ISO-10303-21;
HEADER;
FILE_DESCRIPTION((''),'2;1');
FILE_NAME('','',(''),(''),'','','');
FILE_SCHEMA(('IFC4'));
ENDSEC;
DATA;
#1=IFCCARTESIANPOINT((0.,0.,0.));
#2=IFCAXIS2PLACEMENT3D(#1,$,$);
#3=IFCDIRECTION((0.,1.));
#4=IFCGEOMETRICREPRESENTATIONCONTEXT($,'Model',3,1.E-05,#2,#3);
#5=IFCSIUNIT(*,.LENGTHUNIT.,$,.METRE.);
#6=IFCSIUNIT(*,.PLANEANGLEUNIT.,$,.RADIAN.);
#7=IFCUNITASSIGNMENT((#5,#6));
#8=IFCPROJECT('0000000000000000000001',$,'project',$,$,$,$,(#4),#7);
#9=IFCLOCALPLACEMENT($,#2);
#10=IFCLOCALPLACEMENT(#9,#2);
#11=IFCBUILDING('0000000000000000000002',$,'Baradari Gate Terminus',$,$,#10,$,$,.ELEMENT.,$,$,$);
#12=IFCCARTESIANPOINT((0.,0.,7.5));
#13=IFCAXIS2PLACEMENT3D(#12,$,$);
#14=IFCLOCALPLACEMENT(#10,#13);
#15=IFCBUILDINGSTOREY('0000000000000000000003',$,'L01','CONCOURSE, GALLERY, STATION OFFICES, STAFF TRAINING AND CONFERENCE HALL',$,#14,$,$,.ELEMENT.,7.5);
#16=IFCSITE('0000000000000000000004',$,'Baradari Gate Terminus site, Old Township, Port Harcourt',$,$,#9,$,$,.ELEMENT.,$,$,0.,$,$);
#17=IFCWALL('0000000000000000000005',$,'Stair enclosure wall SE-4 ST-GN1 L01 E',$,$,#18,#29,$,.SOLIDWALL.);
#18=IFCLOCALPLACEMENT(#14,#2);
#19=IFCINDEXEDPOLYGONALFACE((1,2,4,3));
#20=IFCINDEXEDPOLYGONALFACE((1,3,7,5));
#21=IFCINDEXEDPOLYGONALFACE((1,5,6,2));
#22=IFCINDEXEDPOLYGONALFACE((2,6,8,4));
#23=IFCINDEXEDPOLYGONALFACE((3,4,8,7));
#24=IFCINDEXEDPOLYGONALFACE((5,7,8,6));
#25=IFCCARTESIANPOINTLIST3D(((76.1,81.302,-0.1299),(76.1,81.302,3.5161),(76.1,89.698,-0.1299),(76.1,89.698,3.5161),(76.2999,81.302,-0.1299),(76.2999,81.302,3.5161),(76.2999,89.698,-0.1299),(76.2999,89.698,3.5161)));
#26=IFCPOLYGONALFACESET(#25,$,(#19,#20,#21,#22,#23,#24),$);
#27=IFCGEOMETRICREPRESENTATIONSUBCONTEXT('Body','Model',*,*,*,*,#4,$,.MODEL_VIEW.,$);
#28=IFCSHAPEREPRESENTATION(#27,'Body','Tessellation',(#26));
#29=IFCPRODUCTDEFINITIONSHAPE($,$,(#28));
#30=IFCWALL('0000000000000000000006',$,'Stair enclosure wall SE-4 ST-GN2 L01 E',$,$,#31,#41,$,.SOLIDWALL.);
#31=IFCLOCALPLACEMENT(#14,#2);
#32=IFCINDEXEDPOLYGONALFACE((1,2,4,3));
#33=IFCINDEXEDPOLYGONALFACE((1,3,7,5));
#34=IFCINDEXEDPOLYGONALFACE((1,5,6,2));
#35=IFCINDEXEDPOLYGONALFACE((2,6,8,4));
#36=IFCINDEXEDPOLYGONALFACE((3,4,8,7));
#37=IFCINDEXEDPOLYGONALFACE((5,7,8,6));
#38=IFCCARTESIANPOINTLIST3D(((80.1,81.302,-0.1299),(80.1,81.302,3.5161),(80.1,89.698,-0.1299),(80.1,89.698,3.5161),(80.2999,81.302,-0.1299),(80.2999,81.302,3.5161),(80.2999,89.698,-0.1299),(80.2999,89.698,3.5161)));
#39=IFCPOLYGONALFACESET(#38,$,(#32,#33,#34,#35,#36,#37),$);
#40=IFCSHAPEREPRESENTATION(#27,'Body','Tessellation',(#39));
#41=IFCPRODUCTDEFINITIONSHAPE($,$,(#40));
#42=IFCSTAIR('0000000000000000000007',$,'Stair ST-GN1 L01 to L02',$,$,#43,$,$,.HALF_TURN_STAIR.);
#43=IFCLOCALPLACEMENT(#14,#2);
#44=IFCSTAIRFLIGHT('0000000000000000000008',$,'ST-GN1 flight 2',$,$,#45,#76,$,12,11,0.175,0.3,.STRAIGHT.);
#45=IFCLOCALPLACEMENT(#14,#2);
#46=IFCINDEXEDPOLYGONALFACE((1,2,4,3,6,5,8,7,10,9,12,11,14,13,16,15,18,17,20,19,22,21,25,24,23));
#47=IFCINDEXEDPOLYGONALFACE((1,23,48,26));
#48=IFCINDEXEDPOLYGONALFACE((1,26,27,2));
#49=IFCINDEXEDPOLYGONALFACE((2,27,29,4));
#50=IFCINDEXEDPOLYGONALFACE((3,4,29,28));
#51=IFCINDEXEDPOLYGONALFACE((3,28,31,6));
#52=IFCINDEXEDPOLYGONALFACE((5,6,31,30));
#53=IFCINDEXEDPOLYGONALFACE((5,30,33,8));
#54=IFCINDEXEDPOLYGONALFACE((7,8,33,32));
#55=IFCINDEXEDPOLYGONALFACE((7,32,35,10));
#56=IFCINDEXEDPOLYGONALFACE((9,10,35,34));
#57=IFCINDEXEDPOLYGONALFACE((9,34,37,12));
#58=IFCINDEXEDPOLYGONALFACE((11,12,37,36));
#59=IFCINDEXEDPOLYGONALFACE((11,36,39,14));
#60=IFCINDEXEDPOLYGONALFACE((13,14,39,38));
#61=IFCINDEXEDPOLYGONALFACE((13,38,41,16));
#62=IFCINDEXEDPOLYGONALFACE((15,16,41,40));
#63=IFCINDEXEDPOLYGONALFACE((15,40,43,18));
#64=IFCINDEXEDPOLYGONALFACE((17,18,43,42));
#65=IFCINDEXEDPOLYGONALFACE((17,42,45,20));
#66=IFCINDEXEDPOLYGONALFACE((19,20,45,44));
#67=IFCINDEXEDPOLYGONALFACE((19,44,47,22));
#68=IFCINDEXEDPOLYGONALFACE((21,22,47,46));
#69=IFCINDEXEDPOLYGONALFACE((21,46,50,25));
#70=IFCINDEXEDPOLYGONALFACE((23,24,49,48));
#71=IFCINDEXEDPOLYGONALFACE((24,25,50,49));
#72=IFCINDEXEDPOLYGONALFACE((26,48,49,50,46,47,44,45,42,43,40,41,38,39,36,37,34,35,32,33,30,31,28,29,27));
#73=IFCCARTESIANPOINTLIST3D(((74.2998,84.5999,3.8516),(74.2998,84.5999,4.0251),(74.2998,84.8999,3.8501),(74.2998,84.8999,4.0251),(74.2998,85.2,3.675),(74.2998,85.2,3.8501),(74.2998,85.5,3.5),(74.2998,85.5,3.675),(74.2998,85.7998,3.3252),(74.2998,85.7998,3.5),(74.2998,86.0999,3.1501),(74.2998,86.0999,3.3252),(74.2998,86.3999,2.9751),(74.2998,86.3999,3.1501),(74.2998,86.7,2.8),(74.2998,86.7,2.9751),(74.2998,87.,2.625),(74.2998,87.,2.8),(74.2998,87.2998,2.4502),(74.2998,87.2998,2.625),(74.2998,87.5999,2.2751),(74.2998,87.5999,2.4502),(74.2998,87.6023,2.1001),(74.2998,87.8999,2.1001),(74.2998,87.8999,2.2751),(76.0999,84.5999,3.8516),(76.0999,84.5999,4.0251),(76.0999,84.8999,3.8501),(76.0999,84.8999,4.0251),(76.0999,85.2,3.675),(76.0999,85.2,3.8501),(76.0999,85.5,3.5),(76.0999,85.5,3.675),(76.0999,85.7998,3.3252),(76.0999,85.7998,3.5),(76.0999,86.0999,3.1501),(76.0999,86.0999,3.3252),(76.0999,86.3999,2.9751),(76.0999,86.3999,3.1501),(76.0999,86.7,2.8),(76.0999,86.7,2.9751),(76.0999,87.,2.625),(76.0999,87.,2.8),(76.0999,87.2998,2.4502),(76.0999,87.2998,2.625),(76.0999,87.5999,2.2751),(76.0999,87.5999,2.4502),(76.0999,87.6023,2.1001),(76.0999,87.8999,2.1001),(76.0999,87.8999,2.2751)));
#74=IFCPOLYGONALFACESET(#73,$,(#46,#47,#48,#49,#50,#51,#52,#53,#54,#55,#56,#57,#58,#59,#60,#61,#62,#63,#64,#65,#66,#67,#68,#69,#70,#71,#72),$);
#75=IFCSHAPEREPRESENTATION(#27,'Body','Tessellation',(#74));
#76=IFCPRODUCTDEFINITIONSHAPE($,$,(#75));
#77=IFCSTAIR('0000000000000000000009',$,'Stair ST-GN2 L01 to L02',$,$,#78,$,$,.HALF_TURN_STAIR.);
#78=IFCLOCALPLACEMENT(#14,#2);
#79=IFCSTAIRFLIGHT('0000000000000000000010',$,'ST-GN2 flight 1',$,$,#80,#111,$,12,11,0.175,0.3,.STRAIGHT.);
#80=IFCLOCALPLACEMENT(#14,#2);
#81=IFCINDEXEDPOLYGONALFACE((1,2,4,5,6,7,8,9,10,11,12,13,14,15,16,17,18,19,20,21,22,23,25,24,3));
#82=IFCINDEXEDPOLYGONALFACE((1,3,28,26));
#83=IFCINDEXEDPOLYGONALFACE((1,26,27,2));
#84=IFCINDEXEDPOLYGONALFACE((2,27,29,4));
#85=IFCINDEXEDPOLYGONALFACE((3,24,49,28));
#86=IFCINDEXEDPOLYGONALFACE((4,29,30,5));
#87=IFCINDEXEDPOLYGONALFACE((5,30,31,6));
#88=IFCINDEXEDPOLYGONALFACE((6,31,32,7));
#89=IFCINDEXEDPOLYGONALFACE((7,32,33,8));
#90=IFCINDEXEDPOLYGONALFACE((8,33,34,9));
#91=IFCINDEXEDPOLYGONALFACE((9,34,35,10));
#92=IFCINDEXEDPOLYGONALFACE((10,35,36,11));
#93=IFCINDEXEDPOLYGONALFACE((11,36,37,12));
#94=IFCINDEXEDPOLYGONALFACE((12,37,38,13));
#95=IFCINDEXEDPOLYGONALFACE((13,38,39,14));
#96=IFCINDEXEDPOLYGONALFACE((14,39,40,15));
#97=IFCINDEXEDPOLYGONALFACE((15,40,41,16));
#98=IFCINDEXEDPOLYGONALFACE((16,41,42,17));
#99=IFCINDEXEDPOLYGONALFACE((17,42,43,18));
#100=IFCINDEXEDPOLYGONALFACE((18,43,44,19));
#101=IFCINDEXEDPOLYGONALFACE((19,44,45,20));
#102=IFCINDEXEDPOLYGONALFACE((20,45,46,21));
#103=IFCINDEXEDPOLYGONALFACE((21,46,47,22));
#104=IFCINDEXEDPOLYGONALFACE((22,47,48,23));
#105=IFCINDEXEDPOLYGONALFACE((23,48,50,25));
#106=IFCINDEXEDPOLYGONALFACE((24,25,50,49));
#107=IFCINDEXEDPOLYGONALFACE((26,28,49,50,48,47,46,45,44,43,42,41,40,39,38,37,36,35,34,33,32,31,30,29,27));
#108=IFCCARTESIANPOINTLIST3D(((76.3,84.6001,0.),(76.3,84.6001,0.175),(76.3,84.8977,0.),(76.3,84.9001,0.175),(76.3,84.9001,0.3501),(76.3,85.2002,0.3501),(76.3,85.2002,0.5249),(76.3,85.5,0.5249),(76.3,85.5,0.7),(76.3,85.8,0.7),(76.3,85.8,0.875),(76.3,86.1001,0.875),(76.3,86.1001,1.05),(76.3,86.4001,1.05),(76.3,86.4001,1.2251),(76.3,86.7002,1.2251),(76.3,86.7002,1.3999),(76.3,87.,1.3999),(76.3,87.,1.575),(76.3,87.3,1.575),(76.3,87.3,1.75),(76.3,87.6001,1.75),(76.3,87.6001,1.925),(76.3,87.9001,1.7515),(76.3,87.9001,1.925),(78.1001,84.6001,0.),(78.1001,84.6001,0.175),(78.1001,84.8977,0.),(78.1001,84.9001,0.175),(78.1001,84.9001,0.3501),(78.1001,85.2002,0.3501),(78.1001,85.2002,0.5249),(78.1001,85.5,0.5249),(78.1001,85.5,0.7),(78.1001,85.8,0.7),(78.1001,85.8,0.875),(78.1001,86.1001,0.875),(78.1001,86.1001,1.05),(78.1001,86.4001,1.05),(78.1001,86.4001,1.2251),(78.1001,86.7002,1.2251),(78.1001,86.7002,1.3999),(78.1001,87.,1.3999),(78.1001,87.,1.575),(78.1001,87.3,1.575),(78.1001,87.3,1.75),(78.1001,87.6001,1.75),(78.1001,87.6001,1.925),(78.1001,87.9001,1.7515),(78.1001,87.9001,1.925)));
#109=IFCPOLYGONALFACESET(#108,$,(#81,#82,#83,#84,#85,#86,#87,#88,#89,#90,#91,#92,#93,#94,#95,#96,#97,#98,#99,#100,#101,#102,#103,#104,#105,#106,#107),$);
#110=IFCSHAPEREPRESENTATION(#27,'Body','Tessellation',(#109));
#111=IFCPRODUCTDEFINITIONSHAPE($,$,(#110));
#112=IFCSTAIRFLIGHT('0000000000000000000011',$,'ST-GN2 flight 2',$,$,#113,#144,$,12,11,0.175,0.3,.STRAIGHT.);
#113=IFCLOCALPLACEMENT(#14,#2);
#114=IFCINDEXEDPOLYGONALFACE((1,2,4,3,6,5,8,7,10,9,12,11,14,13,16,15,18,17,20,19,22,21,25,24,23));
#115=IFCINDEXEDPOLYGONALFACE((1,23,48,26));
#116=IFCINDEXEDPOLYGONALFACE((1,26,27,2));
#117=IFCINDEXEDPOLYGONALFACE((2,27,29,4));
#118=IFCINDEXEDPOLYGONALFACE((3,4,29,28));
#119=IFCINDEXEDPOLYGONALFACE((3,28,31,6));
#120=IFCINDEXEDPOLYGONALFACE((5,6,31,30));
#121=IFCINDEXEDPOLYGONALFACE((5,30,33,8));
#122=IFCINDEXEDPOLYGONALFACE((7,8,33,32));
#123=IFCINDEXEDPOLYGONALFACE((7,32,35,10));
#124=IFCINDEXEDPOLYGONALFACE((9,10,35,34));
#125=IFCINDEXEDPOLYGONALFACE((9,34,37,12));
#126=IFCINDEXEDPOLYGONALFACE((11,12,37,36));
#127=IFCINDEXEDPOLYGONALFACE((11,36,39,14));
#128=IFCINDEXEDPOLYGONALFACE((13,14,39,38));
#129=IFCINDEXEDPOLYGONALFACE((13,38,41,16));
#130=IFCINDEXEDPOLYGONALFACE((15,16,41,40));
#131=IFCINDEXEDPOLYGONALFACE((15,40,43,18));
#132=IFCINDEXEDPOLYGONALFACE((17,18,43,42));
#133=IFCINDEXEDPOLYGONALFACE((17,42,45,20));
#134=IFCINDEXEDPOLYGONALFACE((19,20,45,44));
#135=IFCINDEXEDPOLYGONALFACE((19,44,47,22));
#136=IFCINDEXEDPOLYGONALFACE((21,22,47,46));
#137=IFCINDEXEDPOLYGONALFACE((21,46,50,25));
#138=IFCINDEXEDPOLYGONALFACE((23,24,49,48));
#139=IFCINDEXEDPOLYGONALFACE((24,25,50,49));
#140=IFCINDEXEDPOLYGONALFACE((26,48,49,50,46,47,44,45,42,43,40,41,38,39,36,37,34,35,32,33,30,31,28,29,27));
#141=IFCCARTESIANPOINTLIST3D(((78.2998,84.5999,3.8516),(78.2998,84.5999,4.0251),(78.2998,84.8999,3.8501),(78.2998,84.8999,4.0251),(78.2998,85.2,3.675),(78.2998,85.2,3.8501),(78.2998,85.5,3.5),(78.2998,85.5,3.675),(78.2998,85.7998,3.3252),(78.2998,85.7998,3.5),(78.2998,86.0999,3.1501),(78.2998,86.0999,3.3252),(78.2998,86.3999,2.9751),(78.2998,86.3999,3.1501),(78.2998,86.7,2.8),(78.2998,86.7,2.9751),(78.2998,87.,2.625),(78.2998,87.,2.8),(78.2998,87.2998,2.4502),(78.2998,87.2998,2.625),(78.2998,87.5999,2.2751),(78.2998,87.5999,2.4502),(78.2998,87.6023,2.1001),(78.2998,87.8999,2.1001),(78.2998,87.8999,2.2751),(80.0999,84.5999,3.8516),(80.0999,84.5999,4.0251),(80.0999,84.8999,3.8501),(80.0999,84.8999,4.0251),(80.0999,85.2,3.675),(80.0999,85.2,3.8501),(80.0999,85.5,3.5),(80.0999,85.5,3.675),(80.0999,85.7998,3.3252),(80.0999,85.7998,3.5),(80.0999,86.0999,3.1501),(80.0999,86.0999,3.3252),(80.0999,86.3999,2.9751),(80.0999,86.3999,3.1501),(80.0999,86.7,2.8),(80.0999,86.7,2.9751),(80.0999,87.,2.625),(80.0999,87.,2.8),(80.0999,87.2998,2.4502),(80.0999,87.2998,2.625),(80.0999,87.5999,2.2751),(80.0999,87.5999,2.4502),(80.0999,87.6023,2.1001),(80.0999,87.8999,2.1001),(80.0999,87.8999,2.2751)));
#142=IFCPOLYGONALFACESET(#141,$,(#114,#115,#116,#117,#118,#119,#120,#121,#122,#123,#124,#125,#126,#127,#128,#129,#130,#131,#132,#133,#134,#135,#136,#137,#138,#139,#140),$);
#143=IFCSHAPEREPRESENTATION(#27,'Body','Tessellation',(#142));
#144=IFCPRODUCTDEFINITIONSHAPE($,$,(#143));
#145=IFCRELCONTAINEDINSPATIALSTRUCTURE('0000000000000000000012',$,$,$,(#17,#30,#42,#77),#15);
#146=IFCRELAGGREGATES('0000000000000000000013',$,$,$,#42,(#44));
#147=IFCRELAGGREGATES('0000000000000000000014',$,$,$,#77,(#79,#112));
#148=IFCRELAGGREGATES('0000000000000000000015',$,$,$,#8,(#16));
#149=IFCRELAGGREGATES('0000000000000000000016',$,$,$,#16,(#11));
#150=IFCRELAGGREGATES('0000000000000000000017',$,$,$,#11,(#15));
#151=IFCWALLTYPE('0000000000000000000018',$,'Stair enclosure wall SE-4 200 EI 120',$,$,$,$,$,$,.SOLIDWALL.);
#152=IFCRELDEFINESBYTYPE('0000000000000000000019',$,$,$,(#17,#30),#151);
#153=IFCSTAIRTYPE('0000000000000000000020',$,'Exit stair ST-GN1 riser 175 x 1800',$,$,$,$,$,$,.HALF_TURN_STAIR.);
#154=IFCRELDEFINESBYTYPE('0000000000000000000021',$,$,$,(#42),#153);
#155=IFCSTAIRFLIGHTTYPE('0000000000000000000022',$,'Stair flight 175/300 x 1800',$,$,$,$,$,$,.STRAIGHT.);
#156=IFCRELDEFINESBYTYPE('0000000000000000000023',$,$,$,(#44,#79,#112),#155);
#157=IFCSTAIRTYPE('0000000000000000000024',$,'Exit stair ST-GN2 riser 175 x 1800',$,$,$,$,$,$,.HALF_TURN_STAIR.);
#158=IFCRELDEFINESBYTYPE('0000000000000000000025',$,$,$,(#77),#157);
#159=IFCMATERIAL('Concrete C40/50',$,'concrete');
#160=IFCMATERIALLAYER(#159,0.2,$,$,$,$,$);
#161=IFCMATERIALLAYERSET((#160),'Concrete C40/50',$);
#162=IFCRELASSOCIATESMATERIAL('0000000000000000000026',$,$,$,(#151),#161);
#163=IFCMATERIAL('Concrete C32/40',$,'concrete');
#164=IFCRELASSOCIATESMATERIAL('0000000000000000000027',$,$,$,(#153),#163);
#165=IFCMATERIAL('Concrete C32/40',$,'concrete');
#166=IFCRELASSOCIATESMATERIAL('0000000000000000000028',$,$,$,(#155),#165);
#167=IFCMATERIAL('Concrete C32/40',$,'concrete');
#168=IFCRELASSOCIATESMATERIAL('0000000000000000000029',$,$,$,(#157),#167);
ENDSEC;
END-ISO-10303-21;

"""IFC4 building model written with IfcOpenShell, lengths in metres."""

from ifc_helpers import new_model, si_unit, direction, frame, frame_2d, origin, place, context, subcontext, project, spatial, polyline, rectangle, outline, extrude, material, layer, layer_set, type_object, element, aggregate, save


model = new_model("IFC4")

# Units and contexts
model_context = context("Model", 3, precision=1e-05, world=origin(), true_north=direction((0.0, 1.0)))
body_context = subcontext(model_context, "Body", "Model", "MODEL_VIEW")
ifc_project = project(units=[si_unit("LENGTHUNIT", "METRE"), si_unit("PLANEANGLEUNIT", "RADIAN")], contexts=[model_context])

# Site, building, storey
site_placement = place(None, origin())
site = spatial("IfcSite", under=ifc_project, at=site_placement, Name="Baradari Gate Terminus site, Old Township, Port Harcourt", CompositionType="ELEMENT", RefElevation=0.0)
building_placement = place(site_placement, origin())
building = spatial("IfcBuilding", under=site, at=building_placement, Name="Baradari Gate Terminus", CompositionType="ELEMENT")
storey_placement = place(building_placement, frame((0.0, 0.0, 7.5)))
storey = spatial("IfcBuildingStorey", under=building, at=storey_placement, Name="L01", Description="CONCOURSE, GALLERY, STATION OFFICES, STAFF TRAINING AND CONFERENCE HALL", CompositionType="ELEMENT", Elevation=7.5)

# Walls
ifc_material_1 = material(Name="Concrete C40/50", Category="concrete")
ifc_layer_1 = layer(ifc_material_1, 0.2)
ifc_layer_set_1 = layer_set([ifc_layer_1], Name="Concrete C40/50")
wall_type_1 = type_object("IfcWallType", Name="Stair enclosure wall SE-4 200 EI 120", PredefinedType="SOLIDWALL", material=ifc_layer_set_1)
for number, where, z_axis, x_axis, name in (
    (1, (76.2, 81.302, -0.1299), (0.0, 0.0, 1.0), (0.0, 1.0, 0.0), "Stair enclosure wall SE-4 ST-GN1 L01 E"),
    (2, (80.2, 81.302, -0.1299), (0.0, 0.0, 1.0), (0.0, 1.0, 0.0), "Stair enclosure wall SE-4 ST-GN2 L01 E"),
):
    element("IfcWall", number, at=place(storey_placement, frame(where, z_axis=z_axis, x_axis=x_axis)), inside=storey, type_object=wall_type_1, Name=name, PredefinedType="SOLIDWALL", context=body_context, shape_type="SweptSolid", body=[
        extrude(rectangle(XDim=8.396, YDim=0.2, at=frame_2d((4.198, 0.0))), origin(), (0.0, 0.0, 1.0), 3.646),
    ])

# Stair, stair flight
ifc_material_2 = material(Name="Concrete C32/40", Category="concrete")
stair_type_1 = type_object("IfcStairType", Name="Exit stair ST-GN1 riser 175 x 1800", PredefinedType="HALF_TURN_STAIR", material=ifc_material_2)
stair_1_placement = place(storey_placement, origin())
stair_1 = element("IfcStair", 3, at=stair_1_placement, inside=storey, type_object=stair_type_1, Name="Stair ST-GN1 L01 to L02", PredefinedType="HALF_TURN_STAIR")
ifc_material_3 = material(Name="Concrete C32/40", Category="concrete")
stair_flight_type = type_object("IfcStairFlightType", Name="Stair flight 175/300 x 1800", PredefinedType="STRAIGHT", material=ifc_material_3)
stair_flight_1_placement = place(storey_placement, frame((75.2, 87.8999, 2.1001), z_axis=(0.0, 0.0, 1.0), x_axis=(0.0, -1.0, 0.0)))
stair_flight_1 = element("IfcStairFlight", 4, at=stair_flight_1_placement, type_object=stair_flight_type, Name="ST-GN1 flight 2", NumberOfRisers=12, NumberOfTreads=11, PredefinedType="STRAIGHT", RiserHeight=0.175, TreadLength=0.3, context=body_context, shape_type="SweptSolid", body=[
    extrude(outline(polyline([(0.0, 0.0), (0.0, 0.175), (0.3, 0.175), (0.3, 0.3501), (0.6001, 0.3501), (0.6001, 0.5249), (0.8999, 0.5249), (0.8999, 0.7), (1.2, 0.7), (1.2, 0.875), (1.5, 0.875), (1.5, 1.05), (1.8, 1.05), (1.8, 1.2251), (2.1001, 1.2251), (2.1001, 1.3999), (2.3999, 1.3999), (2.3999, 1.575), (2.7, 1.575), (2.7, 1.75), (3.0, 1.75), (3.0, 1.925), (3.3, 1.925), (3.3, 2.1001), (3.3, 1.7515), (0.2976, 0.0), (0.0, 0.0)])), frame((0.0, 0.8999, 0.0), z_axis=(0.0, -1.0, 0.0), x_axis=(1.0, 0.0, 0.0)), (0.0, 0.0, 1.0), 1.8),
])
aggregate(stair_1, [stair_flight_1])

# Stair, stair flights
ifc_material_4 = material(Name="Concrete C32/40", Category="concrete")
stair_type_2 = type_object("IfcStairType", Name="Exit stair ST-GN2 riser 175 x 1800", PredefinedType="HALF_TURN_STAIR", material=ifc_material_4)
stair_2_placement = place(storey_placement, origin())
stair_2 = element("IfcStair", 5, at=stair_2_placement, inside=storey, type_object=stair_type_2, Name="Stair ST-GN2 L01 to L02", PredefinedType="HALF_TURN_STAIR")
stair_flight_2_placement = place(storey_placement, frame((77.2, 84.6001, 0.0), z_axis=(0.0, 0.0, 1.0), x_axis=(0.0, 1.0, 0.0)))
stair_flight_2 = element("IfcStairFlight", 6, at=stair_flight_2_placement, type_object=stair_flight_type, Name="ST-GN2 flight 1", NumberOfRisers=12, NumberOfTreads=11, PredefinedType="STRAIGHT", RiserHeight=0.175, TreadLength=0.3, context=body_context, shape_type="SweptSolid", body=[
    extrude(outline(polyline([(0.0, 0.0), (0.0, 0.175), (0.3, 0.175), (0.3, 0.3501), (0.6001, 0.3501), (0.6001, 0.5249), (0.8999, 0.5249), (0.8999, 0.7), (1.2, 0.7), (1.2, 0.875), (1.5, 0.875), (1.5, 1.05), (1.8, 1.05), (1.8, 1.2251), (2.1001, 1.2251), (2.1001, 1.3999), (2.3999, 1.3999), (2.3999, 1.575), (2.7, 1.575), (2.7, 1.75), (3.0, 1.75), (3.0, 1.925), (3.3, 1.925), (3.3, 2.1001), (3.3, 1.7515), (0.2976, 0.0), (0.0, 0.0)])), frame((0.0, 0.8999, 0.0), z_axis=(0.0, -1.0, 0.0), x_axis=(1.0, 0.0, 0.0)), (0.0, 0.0, 1.0), 1.8),
])
stair_flight_3_placement = place(storey_placement, frame((79.2, 87.8999, 2.1001), z_axis=(0.0, 0.0, 1.0), x_axis=(0.0, -1.0, 0.0)))
stair_flight_3 = element("IfcStairFlight", 7, at=stair_flight_3_placement, type_object=stair_flight_type, Name="ST-GN2 flight 2", NumberOfRisers=12, NumberOfTreads=11, PredefinedType="STRAIGHT", RiserHeight=0.175, TreadLength=0.3, context=body_context, shape_type="SweptSolid", body=[
    extrude(outline(polyline([(0.0, 0.0), (0.0, 0.175), (0.3, 0.175), (0.3, 0.3501), (0.6001, 0.3501), (0.6001, 0.5249), (0.8999, 0.5249), (0.8999, 0.7), (1.2, 0.7), (1.2, 0.875), (1.5, 0.875), (1.5, 1.05), (1.8, 1.05), (1.8, 1.2251), (2.1001, 1.2251), (2.1001, 1.3999), (2.3999, 1.3999), (2.3999, 1.575), (2.7, 1.575), (2.7, 1.75), (3.0, 1.75), (3.0, 1.925), (3.3, 1.925), (3.3, 2.1001), (3.3, 1.7515), (0.2976, 0.0), (0.0, 0.0)])), frame((0.0, 0.8999, 0.0), z_axis=(0.0, -1.0, 0.0), x_axis=(1.0, 0.0, 0.0)), (0.0, 0.0, 1.0), 1.8),
])
aggregate(stair_2, [stair_flight_2, stair_flight_3])

save(model, "model.ifc")
